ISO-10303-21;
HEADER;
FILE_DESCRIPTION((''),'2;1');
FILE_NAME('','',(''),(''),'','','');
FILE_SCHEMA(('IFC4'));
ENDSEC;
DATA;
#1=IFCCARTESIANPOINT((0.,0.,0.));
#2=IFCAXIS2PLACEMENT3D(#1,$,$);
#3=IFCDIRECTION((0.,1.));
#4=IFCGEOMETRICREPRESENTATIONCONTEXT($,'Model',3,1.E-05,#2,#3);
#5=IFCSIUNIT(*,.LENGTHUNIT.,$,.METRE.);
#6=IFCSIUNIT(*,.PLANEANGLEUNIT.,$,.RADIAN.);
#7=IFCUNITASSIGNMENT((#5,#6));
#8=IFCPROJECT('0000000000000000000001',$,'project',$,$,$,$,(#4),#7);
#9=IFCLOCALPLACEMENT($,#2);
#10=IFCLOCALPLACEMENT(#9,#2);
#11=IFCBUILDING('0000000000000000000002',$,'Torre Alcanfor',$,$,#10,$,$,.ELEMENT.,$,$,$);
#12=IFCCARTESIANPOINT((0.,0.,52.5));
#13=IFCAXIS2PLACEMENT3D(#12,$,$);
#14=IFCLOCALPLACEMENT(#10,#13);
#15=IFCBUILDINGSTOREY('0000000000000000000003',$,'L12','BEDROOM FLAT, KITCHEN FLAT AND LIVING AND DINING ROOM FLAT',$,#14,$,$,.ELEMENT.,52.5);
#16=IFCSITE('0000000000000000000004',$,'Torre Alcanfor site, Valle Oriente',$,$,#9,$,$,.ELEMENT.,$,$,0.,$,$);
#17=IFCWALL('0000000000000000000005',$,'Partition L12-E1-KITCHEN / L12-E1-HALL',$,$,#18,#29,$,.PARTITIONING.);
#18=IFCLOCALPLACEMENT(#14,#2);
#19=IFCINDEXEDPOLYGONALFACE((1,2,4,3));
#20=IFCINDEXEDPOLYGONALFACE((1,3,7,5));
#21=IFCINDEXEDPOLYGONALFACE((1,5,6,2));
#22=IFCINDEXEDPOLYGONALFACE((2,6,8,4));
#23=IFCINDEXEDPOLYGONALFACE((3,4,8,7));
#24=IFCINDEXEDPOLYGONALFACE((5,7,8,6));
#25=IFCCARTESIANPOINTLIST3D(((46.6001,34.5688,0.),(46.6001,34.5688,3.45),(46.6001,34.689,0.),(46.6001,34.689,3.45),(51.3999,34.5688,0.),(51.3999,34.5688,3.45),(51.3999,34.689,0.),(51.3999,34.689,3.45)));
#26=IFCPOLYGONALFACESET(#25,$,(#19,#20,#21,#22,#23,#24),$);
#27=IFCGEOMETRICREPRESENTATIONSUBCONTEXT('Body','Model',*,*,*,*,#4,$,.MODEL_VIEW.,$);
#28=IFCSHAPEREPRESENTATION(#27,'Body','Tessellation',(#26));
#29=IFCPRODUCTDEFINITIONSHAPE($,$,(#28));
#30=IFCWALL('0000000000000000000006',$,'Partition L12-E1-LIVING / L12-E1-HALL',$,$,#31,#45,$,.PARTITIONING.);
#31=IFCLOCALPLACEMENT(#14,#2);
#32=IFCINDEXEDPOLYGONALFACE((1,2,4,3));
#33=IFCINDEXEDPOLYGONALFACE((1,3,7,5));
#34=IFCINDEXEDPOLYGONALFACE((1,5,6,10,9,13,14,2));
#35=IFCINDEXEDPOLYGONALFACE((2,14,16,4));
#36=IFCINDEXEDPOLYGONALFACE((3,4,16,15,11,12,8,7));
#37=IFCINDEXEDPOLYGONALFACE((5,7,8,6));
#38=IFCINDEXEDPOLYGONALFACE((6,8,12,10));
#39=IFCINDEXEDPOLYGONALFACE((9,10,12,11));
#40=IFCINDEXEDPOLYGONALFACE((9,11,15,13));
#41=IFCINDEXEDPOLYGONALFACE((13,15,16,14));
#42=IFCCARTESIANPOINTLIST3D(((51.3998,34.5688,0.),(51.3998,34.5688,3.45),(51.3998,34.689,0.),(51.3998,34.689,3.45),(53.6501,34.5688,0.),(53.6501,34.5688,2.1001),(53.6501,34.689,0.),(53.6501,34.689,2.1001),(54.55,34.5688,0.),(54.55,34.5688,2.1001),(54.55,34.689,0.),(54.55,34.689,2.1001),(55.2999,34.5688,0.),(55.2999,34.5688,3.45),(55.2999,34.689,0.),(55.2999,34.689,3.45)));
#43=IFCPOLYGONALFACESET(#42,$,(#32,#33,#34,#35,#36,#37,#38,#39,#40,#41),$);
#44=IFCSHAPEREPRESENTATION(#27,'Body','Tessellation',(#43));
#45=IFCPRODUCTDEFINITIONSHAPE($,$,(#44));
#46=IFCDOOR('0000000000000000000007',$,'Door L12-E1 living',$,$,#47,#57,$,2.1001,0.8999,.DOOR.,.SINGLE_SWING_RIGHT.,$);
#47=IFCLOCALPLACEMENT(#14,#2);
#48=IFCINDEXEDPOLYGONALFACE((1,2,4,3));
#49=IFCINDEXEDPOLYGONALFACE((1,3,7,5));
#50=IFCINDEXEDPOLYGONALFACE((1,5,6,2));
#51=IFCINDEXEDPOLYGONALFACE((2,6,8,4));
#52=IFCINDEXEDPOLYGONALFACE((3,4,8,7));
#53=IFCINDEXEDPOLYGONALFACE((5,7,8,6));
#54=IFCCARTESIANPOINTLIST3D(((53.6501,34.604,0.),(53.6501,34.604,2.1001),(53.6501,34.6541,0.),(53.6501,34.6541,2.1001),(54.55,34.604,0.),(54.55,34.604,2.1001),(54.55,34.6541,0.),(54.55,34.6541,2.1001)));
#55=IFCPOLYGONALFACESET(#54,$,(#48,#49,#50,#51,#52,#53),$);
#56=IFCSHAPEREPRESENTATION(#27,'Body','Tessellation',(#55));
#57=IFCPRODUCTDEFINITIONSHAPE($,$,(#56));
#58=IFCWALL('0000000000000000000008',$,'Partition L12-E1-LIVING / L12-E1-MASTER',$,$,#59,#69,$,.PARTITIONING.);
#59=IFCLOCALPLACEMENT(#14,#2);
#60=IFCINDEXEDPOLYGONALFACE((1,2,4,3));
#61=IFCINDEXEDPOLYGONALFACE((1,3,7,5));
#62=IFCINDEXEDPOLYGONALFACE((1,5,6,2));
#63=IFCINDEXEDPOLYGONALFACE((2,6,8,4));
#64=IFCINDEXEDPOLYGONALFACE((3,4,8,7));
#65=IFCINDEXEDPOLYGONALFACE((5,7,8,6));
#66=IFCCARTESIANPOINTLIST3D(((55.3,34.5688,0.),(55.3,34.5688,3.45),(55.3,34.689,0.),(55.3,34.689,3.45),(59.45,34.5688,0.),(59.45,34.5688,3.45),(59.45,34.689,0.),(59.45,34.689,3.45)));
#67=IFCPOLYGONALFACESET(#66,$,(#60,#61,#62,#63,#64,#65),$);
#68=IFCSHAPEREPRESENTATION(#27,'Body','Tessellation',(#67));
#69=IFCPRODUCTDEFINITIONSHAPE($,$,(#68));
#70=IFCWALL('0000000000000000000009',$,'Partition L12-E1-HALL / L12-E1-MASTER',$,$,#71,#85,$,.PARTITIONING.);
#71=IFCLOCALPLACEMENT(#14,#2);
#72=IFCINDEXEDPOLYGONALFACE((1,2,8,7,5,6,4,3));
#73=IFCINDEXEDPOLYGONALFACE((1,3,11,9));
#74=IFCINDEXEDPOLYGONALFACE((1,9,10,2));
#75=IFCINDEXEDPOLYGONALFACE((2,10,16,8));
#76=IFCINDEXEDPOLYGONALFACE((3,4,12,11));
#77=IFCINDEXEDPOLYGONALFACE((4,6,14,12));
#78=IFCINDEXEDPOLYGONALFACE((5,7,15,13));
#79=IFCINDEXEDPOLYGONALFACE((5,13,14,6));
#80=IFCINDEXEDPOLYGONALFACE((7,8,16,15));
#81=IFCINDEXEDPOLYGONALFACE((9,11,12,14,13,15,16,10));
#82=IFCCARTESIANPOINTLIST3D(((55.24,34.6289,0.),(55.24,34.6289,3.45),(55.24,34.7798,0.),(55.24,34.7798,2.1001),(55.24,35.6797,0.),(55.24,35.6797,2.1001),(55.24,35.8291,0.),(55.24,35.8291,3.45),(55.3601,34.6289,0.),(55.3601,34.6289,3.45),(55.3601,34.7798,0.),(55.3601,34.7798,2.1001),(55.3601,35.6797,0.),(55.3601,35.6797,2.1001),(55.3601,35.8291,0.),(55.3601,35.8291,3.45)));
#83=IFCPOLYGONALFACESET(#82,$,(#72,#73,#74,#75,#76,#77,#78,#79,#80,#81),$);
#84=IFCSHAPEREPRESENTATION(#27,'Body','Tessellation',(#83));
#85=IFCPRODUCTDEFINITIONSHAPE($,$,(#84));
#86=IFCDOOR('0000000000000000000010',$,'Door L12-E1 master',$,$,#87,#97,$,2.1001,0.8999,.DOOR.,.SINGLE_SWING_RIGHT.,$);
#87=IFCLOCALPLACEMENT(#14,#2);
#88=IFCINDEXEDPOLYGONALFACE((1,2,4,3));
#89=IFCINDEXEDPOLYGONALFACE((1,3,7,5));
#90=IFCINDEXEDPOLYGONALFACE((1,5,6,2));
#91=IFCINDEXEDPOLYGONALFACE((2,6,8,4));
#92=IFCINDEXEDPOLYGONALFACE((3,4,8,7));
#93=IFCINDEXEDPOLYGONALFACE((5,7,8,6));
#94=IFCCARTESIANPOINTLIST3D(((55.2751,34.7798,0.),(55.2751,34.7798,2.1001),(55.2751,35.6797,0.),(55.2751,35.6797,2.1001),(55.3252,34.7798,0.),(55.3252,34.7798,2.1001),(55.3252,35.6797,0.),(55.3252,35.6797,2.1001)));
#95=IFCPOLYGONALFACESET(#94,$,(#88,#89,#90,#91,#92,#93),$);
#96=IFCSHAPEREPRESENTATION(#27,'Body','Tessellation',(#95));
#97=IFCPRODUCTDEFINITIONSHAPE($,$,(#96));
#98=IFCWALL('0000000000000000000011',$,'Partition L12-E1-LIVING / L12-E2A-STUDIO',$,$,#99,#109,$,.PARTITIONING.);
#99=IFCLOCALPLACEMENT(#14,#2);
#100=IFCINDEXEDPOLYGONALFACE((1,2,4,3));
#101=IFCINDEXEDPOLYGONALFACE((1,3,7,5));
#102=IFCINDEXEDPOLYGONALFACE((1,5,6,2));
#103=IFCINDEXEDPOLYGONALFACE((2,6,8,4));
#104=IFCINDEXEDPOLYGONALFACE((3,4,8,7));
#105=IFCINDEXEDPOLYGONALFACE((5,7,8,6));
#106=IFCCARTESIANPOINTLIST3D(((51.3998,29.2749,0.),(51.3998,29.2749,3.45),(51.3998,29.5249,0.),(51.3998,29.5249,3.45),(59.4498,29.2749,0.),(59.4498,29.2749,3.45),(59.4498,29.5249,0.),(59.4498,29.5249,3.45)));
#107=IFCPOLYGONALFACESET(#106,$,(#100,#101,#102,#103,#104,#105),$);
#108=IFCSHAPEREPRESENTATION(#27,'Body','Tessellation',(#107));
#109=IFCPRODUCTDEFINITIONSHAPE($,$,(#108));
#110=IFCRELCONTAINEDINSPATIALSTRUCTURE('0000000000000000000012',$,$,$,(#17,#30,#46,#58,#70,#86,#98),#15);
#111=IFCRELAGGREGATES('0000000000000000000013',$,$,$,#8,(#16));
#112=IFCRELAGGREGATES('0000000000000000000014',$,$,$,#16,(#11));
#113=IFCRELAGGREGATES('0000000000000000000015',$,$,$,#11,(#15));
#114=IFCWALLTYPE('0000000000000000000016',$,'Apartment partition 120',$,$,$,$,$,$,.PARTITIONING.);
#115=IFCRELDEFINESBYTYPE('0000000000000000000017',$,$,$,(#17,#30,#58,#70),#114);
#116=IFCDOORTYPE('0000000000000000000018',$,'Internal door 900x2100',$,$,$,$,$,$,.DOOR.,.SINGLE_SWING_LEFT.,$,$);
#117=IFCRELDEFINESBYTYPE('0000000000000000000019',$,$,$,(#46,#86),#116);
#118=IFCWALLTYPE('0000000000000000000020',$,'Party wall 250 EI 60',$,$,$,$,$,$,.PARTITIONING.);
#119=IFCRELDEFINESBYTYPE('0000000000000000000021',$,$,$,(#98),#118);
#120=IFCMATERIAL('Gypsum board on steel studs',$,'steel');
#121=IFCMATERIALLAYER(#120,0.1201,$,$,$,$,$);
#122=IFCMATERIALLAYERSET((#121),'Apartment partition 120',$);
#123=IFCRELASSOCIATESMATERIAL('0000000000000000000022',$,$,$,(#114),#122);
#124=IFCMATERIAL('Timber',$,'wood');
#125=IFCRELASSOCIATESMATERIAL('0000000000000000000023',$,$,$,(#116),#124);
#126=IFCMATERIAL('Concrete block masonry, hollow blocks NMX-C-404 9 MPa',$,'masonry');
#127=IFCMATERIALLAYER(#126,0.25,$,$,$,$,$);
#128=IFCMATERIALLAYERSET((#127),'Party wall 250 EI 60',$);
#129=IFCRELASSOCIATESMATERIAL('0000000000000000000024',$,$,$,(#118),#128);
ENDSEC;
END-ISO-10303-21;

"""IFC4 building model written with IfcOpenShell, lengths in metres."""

from ifc_helpers import new_model, si_unit, direction, frame, frame_2d, origin, place, context, subcontext, project, spatial, rectangle, extrude, material, layer, layer_set, type_object, element, fill, save


model = new_model("IFC4")

# Units and contexts
model_context = context("Model", 3, precision=1e-05, world=origin(), true_north=direction((0.0, 1.0)))
body_context = subcontext(model_context, "Body", "Model", "MODEL_VIEW")
ifc_project = project(units=[si_unit("LENGTHUNIT", "METRE"), si_unit("PLANEANGLEUNIT", "RADIAN")], contexts=[model_context])

# Site, building, storey
site_placement = place(None, origin())
site = spatial("IfcSite", under=ifc_project, at=site_placement, Name="Torre Alcanfor site, Valle Oriente", CompositionType="ELEMENT", RefElevation=0.0)
building_placement = place(site_placement, origin())
building = spatial("IfcBuilding", under=site, at=building_placement, Name="Torre Alcanfor", CompositionType="ELEMENT")
storey_placement = place(building_placement, frame((0.0, 0.0, 52.5)))
storey = spatial("IfcBuildingStorey", under=building, at=storey_placement, Name="L12", Description="BEDROOM FLAT, KITCHEN FLAT AND LIVING AND DINING ROOM FLAT", CompositionType="ELEMENT", Elevation=52.5)

# Wall
ifc_material_1 = material(Name="Gypsum board on steel studs", Category="steel")
ifc_layer_1 = layer(ifc_material_1, 0.1201)
ifc_layer_set_1 = layer_set([ifc_layer_1], Name="Apartment partition 120")
wall_type_1 = type_object("IfcWallType", Name="Apartment partition 120", PredefinedType="PARTITIONING", material=ifc_layer_set_1)
wall_1_placement = place(storey_placement, frame((51.3999, 34.6289, 0.0), z_axis=(0.0, 0.0, 1.0), x_axis=(-1.0, 0.0, 0.0)))
element("IfcWall", 1, at=wall_1_placement, inside=storey, type_object=wall_type_1, Name="Partition L12-E1-KITCHEN / L12-E1-HALL", PredefinedType="PARTITIONING", context=body_context, shape_type="SweptSolid", body=[
    extrude(rectangle(XDim=4.7998, YDim=0.1201, at=frame_2d((2.3999, 0.0))), origin(), (0.0, 0.0, 1.0), 3.45),
])

# Wall, opening, door
wall_2_placement = place(storey_placement, frame((55.3, 34.6289, 0.0), z_axis=(0.0, 0.0, 1.0), x_axis=(-1.0, 0.0, 0.0)))
wall_2 = element("IfcWall", 2, at=wall_2_placement, inside=storey, type_object=wall_type_1, Name="Partition L12-E1-LIVING / L12-E1-HALL", PredefinedType="PARTITIONING", context=body_context, shape_type="SweptSolid", body=[
    extrude(rectangle(XDim=3.9001, YDim=0.1201, at=frame_2d((1.9502, 0.0))), origin(), (0.0, 0.0, 1.0), 3.45),
])
opening_1_placement = place(wall_2_placement, frame((0.75, 0.0, 0.0)))
opening_1 = element("IfcOpeningElement", 3, at=opening_1_placement, cuts=wall_2, PredefinedType="OPENING", context=body_context, shape_type="SweptSolid", body=[
    extrude(rectangle(XDim=0.8999, YDim=2.1001, at=frame_2d((0.45, 1.05))), frame((0.0, 0.0701, 0.0), z_axis=(0.0, -1.0, 0.0), x_axis=(1.0, 0.0, 0.0)), (0.0, 0.0, 1.0), 0.1401),
])
ifc_material_2 = material(Name="Timber", Category="wood")
door_type = type_object("IfcDoorType", Name="Internal door 900x2100", OperationType="SINGLE_SWING_LEFT", PredefinedType="DOOR", material=ifc_material_2)
door_1_placement = place(opening_1_placement, origin())
door_1 = element("IfcDoor", 4, at=door_1_placement, inside=storey, type_object=door_type, Name="Door L12-E1 living", OperationType="SINGLE_SWING_RIGHT", OverallHeight=2.1001, OverallWidth=0.8999, PredefinedType="DOOR", context=body_context, shape_type="SweptSolid", body=[
    extrude(rectangle(XDim=0.8999, YDim=2.1001, at=frame_2d((0.45, 1.05))), frame((0.0, 0.0249, 0.0), z_axis=(0.0, -1.0, 0.0), x_axis=(1.0, 0.0, 0.0)), (0.0, 0.0, 1.0), 0.05),
])
fill(opening_1, door_1)

# Wall
wall_3_placement = place(storey_placement, frame((59.45, 34.6289, 0.0), z_axis=(0.0, 0.0, 1.0), x_axis=(-1.0, 0.0, 0.0)))
element("IfcWall", 5, at=wall_3_placement, inside=storey, type_object=wall_type_1, Name="Partition L12-E1-LIVING / L12-E1-MASTER", PredefinedType="PARTITIONING", context=body_context, shape_type="SweptSolid", body=[
    extrude(rectangle(XDim=4.1499, YDim=0.1201, at=frame_2d((2.075, 0.0))), origin(), (0.0, 0.0, 1.0), 3.45),
])

# Wall, opening, door
wall_4_placement = place(storey_placement, frame((55.3, 34.6289, 0.0), z_axis=(0.0, 0.0, 1.0), x_axis=(0.0, 1.0, 0.0)))
wall_4 = element("IfcWall", 6, at=wall_4_placement, inside=storey, type_object=wall_type_1, Name="Partition L12-E1-HALL / L12-E1-MASTER", PredefinedType="PARTITIONING", context=body_context, shape_type="SweptSolid", body=[
    extrude(rectangle(XDim=1.2002, YDim=0.1201, at=frame_2d((0.6001, 0.0))), origin(), (0.0, 0.0, 1.0), 3.45),
])
opening_2_placement = place(wall_4_placement, frame((0.1509, 0.0, 0.0)))
opening_2 = element("IfcOpeningElement", 7, at=opening_2_placement, cuts=wall_4, PredefinedType="OPENING", context=body_context, shape_type="SweptSolid", body=[
    extrude(rectangle(XDim=0.8999, YDim=2.1001, at=frame_2d((0.45, 1.05))), frame((0.0, 0.0701, 0.0), z_axis=(0.0, -1.0, 0.0), x_axis=(1.0, 0.0, 0.0)), (0.0, 0.0, 1.0), 0.1401),
])
door_2_placement = place(opening_2_placement, frame((0.8999, 0.0, 0.0), z_axis=(0.0, 0.0, 1.0), x_axis=(-1.0, 0.0, 0.0)))
door_2 = element("IfcDoor", 8, at=door_2_placement, inside=storey, type_object=door_type, Name="Door L12-E1 master", OperationType="SINGLE_SWING_RIGHT", OverallHeight=2.1001, OverallWidth=0.8999, PredefinedType="DOOR", context=body_context, shape_type="SweptSolid", body=[
    extrude(rectangle(XDim=0.8999, YDim=2.1001, at=frame_2d((0.45, 1.05))), frame((0.0, 0.0251, 0.0), z_axis=(0.0, -1.0, 0.0), x_axis=(1.0, 0.0, 0.0)), (0.0, 0.0, 1.0), 0.05),
])
fill(opening_2, door_2)

# Wall
ifc_material_3 = material(Name="Concrete block masonry, hollow blocks NMX-C-404 9 MPa", Category="masonry")
ifc_layer_2 = layer(ifc_material_3, 0.25)
ifc_layer_set_2 = layer_set([ifc_layer_2], Name="Party wall 250 EI 60")
wall_type_2 = type_object("IfcWallType", Name="Party wall 250 EI 60", PredefinedType="PARTITIONING", material=ifc_layer_set_2)
wall_5_placement = place(storey_placement, frame((51.3999, 29.3999, 0.0), z_axis=(0.0, 0.0, 1.0), x_axis=(1.0, 0.0, 0.0)))
element("IfcWall", 9, at=wall_5_placement, inside=storey, type_object=wall_type_2, Name="Partition L12-E1-LIVING / L12-E2A-STUDIO", PredefinedType="PARTITIONING", context=body_context, shape_type="SweptSolid", body=[
    extrude(rectangle(XDim=8.05, YDim=0.25, at=frame_2d((4.0249, 0.0))), origin(), (0.0, 0.0, 1.0), 3.45),
])

save(model, "model.ifc")
